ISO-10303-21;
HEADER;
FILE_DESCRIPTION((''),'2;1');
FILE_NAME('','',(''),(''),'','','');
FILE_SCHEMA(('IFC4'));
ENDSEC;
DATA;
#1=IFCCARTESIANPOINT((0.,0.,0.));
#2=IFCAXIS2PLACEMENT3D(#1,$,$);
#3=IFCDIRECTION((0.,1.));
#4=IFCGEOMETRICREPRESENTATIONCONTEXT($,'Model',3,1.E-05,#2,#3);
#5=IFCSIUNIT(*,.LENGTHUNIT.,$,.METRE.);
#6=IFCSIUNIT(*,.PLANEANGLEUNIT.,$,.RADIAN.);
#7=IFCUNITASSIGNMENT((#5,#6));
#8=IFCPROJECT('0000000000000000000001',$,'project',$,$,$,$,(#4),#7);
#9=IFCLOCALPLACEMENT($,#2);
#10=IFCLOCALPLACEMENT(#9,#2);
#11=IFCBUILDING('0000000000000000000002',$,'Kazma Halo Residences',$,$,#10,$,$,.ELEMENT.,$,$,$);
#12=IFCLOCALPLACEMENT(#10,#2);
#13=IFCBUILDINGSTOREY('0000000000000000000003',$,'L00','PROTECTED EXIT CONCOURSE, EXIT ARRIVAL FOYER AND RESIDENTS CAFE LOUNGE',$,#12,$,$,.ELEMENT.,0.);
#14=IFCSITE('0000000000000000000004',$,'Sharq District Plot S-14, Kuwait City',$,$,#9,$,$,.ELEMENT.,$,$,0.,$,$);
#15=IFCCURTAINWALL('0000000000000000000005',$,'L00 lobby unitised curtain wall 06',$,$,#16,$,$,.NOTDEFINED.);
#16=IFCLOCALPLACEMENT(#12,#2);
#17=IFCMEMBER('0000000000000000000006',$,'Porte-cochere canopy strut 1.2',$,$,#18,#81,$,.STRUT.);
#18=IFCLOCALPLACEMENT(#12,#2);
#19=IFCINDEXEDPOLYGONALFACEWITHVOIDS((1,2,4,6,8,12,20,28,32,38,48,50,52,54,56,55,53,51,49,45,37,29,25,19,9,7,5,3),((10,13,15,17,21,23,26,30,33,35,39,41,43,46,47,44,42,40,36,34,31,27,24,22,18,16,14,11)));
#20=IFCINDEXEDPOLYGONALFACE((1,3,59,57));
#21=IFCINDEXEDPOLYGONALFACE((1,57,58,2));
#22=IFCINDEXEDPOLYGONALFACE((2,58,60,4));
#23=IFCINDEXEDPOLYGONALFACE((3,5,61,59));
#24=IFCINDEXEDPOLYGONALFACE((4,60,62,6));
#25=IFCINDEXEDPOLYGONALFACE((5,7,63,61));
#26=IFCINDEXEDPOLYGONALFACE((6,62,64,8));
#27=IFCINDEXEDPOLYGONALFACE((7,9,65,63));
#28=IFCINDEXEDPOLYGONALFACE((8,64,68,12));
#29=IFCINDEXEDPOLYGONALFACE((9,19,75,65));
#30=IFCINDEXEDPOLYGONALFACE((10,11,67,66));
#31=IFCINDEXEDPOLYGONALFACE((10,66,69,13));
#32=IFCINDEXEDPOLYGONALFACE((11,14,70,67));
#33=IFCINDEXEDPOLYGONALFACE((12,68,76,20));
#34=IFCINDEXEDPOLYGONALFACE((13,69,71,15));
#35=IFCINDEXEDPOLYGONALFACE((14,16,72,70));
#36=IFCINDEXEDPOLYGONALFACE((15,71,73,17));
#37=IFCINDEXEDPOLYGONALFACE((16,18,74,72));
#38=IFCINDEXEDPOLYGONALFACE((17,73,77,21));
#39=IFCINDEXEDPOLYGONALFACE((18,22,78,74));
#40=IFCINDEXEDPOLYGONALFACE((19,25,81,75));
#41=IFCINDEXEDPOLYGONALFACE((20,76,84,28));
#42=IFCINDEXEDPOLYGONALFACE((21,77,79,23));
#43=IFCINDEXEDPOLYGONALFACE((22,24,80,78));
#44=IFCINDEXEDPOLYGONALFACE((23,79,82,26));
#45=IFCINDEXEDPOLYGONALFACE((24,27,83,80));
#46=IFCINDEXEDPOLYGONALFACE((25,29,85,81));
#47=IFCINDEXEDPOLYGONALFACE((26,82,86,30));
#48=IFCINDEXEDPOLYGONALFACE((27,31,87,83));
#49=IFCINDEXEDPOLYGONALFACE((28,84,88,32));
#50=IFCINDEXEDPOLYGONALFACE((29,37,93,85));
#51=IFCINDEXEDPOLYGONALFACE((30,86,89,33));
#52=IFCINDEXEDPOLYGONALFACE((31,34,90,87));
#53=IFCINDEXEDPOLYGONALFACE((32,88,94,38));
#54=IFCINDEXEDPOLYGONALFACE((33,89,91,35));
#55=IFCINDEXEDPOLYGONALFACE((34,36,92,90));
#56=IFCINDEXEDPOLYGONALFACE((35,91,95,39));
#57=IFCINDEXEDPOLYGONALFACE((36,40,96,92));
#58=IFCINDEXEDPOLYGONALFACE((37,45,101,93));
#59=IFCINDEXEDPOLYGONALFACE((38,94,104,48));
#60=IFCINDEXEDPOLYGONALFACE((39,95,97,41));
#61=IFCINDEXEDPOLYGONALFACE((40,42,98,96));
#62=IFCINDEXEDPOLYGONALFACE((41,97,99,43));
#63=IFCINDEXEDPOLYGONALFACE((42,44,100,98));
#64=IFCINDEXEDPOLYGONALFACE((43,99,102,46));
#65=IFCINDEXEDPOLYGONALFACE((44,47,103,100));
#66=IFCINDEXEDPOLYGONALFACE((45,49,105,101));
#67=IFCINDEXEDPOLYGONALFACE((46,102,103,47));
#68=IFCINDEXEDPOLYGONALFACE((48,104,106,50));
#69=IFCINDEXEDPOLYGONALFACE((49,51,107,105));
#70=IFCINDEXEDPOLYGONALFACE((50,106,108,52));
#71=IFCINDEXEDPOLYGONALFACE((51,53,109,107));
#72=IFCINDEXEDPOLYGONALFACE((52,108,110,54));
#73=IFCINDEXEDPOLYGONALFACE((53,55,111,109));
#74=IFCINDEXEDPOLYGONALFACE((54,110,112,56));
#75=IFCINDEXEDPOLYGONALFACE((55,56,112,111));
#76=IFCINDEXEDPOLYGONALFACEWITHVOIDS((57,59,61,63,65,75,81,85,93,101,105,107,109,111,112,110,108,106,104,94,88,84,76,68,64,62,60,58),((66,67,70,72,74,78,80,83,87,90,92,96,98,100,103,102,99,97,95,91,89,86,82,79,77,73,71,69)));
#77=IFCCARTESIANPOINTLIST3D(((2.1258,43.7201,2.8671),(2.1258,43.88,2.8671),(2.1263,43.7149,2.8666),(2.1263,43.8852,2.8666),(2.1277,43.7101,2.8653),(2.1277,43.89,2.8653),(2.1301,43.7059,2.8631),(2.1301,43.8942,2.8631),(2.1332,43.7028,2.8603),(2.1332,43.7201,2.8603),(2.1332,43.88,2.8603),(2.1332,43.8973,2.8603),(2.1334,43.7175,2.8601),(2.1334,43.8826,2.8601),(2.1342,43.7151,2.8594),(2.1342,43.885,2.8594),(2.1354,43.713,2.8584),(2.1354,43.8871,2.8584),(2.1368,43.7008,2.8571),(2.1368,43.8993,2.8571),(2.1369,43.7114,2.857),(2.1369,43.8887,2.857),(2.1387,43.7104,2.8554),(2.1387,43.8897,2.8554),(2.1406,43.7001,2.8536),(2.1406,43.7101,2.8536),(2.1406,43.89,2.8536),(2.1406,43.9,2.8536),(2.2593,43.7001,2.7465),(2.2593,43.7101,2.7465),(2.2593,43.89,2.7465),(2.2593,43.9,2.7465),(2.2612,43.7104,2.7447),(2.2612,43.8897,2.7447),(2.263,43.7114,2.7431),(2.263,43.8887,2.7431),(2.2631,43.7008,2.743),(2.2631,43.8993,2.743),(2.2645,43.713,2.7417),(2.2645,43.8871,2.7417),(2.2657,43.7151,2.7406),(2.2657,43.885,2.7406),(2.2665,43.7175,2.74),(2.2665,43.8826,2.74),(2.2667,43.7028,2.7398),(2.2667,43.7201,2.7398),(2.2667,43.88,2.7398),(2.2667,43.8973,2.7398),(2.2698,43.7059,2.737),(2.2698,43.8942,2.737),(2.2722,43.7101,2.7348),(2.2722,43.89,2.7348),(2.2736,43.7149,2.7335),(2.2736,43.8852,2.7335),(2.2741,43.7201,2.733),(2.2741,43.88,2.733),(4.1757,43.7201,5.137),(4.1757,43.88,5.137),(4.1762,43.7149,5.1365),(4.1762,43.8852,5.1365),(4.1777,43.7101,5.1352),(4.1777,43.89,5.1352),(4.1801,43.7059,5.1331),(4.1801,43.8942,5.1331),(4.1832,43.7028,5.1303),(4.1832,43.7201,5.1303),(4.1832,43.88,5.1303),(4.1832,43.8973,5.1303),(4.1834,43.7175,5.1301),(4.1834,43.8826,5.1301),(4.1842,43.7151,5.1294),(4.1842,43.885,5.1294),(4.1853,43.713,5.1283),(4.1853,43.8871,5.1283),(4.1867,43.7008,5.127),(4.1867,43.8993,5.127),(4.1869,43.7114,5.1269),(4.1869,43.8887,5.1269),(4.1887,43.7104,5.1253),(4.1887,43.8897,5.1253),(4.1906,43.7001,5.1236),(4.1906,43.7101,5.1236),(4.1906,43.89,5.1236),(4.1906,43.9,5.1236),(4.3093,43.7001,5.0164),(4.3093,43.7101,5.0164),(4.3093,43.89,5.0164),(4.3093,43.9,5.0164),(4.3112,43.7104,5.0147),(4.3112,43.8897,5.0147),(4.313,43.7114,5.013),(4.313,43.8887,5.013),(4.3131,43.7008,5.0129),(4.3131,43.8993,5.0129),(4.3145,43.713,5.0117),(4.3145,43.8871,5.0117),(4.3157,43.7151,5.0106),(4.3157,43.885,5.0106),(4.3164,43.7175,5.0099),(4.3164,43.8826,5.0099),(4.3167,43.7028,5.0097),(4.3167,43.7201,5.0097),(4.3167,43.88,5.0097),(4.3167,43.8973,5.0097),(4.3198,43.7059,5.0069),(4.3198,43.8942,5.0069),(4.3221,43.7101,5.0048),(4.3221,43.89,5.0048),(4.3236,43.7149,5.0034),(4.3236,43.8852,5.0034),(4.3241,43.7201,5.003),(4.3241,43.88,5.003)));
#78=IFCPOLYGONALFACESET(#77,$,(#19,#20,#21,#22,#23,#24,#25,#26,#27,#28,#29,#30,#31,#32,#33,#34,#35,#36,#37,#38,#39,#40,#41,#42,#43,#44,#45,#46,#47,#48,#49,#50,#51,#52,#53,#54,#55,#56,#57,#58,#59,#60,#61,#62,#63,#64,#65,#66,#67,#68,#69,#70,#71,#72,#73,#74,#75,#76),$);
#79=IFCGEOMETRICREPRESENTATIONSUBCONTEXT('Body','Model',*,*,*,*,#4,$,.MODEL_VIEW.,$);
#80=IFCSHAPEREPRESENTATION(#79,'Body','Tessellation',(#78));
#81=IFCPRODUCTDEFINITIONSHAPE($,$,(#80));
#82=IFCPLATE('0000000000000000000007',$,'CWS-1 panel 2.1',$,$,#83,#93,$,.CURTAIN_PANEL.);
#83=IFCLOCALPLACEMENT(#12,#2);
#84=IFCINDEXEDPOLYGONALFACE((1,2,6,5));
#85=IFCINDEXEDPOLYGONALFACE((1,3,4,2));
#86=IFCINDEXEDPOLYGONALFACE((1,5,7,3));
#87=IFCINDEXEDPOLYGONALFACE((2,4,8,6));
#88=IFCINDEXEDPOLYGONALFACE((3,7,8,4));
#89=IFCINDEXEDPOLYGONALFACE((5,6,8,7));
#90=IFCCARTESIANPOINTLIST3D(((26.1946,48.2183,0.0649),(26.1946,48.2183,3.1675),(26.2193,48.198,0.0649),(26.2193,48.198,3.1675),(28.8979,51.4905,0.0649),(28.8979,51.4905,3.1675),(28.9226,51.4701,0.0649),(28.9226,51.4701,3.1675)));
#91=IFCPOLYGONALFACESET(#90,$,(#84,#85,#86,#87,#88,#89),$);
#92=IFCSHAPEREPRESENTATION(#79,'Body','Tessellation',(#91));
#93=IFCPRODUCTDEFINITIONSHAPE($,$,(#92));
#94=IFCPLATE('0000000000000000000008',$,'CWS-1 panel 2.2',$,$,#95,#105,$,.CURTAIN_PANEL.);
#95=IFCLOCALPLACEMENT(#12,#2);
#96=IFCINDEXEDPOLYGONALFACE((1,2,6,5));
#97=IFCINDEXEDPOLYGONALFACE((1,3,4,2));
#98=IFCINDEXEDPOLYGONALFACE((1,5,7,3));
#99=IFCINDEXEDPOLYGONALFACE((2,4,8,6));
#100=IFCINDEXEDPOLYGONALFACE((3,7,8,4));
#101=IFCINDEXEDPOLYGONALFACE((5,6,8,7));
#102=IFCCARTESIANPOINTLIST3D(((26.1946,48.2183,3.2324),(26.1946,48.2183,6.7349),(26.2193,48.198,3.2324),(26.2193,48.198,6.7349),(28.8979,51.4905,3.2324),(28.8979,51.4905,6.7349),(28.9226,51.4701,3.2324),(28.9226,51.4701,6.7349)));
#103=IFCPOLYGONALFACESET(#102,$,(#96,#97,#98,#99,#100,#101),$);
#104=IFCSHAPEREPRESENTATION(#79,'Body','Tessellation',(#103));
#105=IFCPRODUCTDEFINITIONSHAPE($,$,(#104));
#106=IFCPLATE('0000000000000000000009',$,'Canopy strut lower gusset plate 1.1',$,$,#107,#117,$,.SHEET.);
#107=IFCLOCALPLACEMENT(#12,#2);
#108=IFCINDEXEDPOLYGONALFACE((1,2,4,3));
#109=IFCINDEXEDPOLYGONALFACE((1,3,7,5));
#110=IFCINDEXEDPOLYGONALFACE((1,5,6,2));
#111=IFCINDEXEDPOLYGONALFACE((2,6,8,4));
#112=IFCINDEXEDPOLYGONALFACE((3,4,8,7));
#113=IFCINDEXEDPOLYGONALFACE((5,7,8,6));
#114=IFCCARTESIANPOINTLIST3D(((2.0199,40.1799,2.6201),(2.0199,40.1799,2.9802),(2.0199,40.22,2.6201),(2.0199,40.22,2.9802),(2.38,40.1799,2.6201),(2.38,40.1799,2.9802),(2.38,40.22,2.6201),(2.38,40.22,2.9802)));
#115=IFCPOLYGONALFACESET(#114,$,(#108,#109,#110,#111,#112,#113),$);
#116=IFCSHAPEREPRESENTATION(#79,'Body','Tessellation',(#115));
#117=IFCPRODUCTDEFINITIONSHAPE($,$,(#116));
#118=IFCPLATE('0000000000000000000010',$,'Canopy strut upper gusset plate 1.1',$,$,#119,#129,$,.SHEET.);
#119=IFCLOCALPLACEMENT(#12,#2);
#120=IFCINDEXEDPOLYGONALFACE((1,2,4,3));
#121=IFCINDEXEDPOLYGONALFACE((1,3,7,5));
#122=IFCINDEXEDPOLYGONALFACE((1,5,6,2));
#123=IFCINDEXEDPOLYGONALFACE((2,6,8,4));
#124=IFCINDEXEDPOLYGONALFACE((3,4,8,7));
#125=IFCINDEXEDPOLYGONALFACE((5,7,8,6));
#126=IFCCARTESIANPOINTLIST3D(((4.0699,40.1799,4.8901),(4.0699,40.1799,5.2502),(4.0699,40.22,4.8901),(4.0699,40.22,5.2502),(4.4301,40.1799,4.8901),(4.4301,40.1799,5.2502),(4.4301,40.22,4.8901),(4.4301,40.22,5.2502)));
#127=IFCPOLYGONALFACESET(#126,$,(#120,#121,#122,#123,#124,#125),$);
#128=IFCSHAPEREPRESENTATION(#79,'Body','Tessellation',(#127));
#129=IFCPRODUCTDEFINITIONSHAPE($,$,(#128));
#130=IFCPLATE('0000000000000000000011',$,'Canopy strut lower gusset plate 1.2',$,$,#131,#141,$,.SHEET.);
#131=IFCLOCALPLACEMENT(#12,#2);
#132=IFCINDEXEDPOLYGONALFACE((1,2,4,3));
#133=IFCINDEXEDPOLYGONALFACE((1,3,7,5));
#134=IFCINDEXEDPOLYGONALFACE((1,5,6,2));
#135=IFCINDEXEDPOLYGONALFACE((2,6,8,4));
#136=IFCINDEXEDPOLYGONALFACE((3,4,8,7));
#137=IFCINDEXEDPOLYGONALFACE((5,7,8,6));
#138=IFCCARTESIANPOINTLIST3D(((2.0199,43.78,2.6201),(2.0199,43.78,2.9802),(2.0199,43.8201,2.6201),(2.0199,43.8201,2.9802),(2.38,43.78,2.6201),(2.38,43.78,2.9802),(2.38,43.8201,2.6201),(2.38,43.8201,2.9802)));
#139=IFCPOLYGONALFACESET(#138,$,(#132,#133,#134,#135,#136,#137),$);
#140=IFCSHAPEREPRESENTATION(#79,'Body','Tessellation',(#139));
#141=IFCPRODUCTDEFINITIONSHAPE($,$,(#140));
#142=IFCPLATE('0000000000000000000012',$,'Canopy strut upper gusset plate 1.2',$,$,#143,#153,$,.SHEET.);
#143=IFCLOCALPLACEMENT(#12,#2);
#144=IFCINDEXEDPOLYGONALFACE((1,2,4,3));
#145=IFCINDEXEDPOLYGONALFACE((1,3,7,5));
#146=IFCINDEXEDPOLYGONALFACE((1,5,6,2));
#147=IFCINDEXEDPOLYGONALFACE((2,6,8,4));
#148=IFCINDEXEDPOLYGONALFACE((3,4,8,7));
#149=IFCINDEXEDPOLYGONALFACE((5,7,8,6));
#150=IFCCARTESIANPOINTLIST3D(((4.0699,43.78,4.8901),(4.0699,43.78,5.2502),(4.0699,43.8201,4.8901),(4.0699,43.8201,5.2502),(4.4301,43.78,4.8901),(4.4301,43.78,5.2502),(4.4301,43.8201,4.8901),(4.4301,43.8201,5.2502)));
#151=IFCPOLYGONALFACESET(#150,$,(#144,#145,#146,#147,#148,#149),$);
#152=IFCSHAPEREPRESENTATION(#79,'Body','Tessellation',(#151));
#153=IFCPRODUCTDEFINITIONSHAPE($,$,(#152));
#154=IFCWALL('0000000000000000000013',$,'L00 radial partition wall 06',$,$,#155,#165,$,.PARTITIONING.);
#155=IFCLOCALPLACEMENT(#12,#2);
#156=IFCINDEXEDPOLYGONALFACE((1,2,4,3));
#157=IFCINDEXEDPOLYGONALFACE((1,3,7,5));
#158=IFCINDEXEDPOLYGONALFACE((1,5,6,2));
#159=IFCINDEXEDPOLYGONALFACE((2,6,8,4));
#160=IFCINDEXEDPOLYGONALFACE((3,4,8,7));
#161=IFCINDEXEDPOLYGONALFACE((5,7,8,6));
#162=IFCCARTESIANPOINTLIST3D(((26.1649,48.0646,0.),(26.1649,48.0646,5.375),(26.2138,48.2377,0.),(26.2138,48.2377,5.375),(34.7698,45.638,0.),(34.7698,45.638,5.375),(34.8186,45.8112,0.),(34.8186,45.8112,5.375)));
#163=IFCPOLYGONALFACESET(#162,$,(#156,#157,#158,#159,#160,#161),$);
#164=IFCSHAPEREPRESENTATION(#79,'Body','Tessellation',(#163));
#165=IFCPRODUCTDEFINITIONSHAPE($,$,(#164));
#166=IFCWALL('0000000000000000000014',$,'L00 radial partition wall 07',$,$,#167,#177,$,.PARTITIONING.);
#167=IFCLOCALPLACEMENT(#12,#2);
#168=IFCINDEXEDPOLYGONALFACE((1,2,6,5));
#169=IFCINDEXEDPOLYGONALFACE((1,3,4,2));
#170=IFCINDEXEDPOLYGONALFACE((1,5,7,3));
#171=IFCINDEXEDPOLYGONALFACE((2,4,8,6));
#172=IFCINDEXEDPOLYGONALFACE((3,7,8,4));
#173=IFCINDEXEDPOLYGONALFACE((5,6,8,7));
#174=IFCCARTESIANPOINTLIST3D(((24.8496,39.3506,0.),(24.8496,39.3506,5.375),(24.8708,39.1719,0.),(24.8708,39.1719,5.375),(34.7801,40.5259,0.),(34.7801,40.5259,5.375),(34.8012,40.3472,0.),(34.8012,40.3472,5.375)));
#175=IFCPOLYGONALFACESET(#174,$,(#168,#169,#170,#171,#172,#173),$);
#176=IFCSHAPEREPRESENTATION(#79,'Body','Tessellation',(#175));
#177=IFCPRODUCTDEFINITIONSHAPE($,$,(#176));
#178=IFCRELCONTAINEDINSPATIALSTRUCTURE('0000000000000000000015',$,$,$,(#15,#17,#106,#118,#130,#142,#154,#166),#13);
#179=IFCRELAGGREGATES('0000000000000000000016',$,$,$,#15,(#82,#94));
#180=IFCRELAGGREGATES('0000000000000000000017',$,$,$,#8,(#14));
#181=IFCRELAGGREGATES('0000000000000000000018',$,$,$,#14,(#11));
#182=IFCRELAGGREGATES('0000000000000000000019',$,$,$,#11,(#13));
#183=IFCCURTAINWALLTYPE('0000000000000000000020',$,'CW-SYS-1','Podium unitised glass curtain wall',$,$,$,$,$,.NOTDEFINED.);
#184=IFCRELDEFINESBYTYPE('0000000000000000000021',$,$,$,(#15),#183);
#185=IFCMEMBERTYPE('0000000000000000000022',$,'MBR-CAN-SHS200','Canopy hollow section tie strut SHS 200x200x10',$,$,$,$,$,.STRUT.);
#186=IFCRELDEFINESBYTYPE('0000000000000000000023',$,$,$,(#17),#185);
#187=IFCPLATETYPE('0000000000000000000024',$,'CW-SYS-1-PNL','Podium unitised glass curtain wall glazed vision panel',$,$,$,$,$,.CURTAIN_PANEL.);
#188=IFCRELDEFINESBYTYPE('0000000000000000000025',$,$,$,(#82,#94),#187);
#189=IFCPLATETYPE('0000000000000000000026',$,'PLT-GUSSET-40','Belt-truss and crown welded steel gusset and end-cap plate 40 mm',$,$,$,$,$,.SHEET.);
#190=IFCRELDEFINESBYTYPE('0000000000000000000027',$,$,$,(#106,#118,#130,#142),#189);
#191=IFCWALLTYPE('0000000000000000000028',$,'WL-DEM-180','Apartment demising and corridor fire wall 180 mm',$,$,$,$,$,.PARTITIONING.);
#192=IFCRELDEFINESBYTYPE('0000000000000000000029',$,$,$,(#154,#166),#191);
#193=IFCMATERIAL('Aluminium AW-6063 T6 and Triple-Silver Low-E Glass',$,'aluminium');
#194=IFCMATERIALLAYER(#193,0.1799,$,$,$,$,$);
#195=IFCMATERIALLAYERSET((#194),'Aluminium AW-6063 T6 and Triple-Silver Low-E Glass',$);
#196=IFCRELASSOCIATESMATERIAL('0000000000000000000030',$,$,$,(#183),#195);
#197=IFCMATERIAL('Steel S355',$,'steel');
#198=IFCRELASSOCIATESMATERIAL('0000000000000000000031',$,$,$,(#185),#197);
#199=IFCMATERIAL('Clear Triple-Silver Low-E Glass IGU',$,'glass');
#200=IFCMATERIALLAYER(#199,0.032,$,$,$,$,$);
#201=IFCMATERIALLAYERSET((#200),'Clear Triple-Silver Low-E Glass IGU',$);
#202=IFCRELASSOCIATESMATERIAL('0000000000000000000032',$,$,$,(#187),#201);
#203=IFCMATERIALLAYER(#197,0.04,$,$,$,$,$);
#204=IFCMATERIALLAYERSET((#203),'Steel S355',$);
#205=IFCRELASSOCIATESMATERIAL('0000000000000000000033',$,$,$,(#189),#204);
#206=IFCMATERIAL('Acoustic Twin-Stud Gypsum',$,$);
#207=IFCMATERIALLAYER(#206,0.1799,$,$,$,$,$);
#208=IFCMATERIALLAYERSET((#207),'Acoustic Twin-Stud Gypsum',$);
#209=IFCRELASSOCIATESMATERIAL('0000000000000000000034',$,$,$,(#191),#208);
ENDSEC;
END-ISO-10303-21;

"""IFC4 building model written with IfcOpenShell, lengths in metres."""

from ifc_helpers import new_model, si_unit, direction, frame, frame_2d, origin, origin_2d, place, context, subcontext, project, spatial, rectangle, hollow_rectangle, extrude, material, layer, layer_set, material_profile, profile_set, type_object, element, aggregate, save


model = new_model("IFC4")

# Units and contexts
model_context = context("Model", 3, precision=1e-05, world=origin(), true_north=direction((0.0, 1.0)))
body_context = subcontext(model_context, "Body", "Model", "MODEL_VIEW")
ifc_project = project(units=[si_unit("LENGTHUNIT", "METRE"), si_unit("PLANEANGLEUNIT", "RADIAN")], contexts=[model_context])

# Site, building, storey
site_placement = place(None, origin())
site = spatial("IfcSite", under=ifc_project, at=site_placement, Name="Sharq District Plot S-14, Kuwait City", CompositionType="ELEMENT", RefElevation=0.0)
building_placement = place(site_placement, origin())
building = spatial("IfcBuilding", under=site, at=building_placement, Name="Kazma Halo Residences", CompositionType="ELEMENT")
storey_placement = place(building_placement, origin())
storey = spatial("IfcBuildingStorey", under=building, at=storey_placement, Name="L00", Description="PROTECTED EXIT CONCOURSE, EXIT ARRIVAL FOYER AND RESIDENTS CAFE LOUNGE", CompositionType="ELEMENT", Elevation=0.0)

# Shared definitions
ifc_material_1 = material(Name="Steel S355", Category="steel")

# Curtain wall
ifc_material_2 = material(Name="Aluminium AW-6063 T6 and Triple-Silver Low-E Glass", Category="aluminium")
ifc_layer_1 = layer(ifc_material_2, 0.1799)
ifc_layer_set_1 = layer_set([ifc_layer_1], Name="Aluminium AW-6063 T6 and Triple-Silver Low-E Glass")
curtain_wall_type = type_object("IfcCurtainWallType", Name="CW-SYS-1", Description="Podium unitised glass curtain wall", PredefinedType="NOTDEFINED", material=ifc_layer_set_1)
curtain_wall_placement = place(storey_placement, origin())
curtain_wall = element("IfcCurtainWall", 1, at=curtain_wall_placement, inside=storey, type_object=curtain_wall_type, Name="L00 lobby unitised curtain wall 06", PredefinedType="NOTDEFINED")

# Member
ifc_material_profile_1 = material_profile(ifc_material_1, hollow_rectangle(XDim=0.2, YDim=0.2, WallThickness=0.01, InnerFilletRadius=0.01, OuterFilletRadius=0.02, at=origin_2d()), Name="SHS200x200x10")
ifc_profile_set_1 = profile_set([ifc_material_profile_1], Name="Steel S355")
member_type_1 = type_object("IfcMemberType", Name="MBR-CAN-SHS200", Description="Canopy hollow section tie strut SHS 200x200x10", PredefinedType="STRUT", material=ifc_profile_set_1)
for number, where, z_axis, x_axis, name in (
    (2, (2.2, 43.8, 2.8), (0.670234, 0.0, 0.74215), (0.0, 1.0, 0.0), "Porte-cochere canopy strut 1.2"),
):
    element("IfcMember", number, at=place(storey_placement, frame(where, z_axis=z_axis, x_axis=x_axis)), inside=storey, type_object=member_type_1, Name=name, PredefinedType="STRUT", context=body_context, shape_type="SweptSolid", body=[
        extrude(hollow_rectangle(XDim=0.2, YDim=0.2, WallThickness=0.01, InnerFilletRadius=0.01, OuterFilletRadius=0.02, at=origin_2d()), origin(), (0.0, 0.0, 1.0), 3.0586),
    ])

# Plates
ifc_material_3 = material(Name="Clear Triple-Silver Low-E Glass IGU", Category="glass")
ifc_layer_2 = layer(ifc_material_3, 0.032)
ifc_layer_set_2 = layer_set([ifc_layer_2], Name="Clear Triple-Silver Low-E Glass IGU")
plate_type_1 = type_object("IfcPlateType", Name="CW-SYS-1-PNL", Description="Podium unitised glass curtain wall glazed vision panel", PredefinedType="CURTAIN_PANEL", material=ifc_layer_set_2)
plate_1_placement = place(storey_placement, frame((27.5586, 49.8442, 0.0649), z_axis=(0.0, 0.0, 1.0), x_axis=(-0.636903, -0.770944, 0.0)))
plate_1 = element("IfcPlate", 3, at=plate_1_placement, type_object=plate_type_1, Name="CWS-1 panel 2.1", PredefinedType="CURTAIN_PANEL", context=body_context, shape_type="SweptSolid", body=[
    extrude(rectangle(XDim=4.2444, YDim=0.032, at=origin_2d()), origin(), (0.0, 0.0, 1.0), 3.1025),
])
plate_2_placement = place(storey_placement, frame((27.5586, 49.8442, 3.2324), z_axis=(0.0, 0.0, 1.0), x_axis=(-0.636903, -0.770944, 0.0)))
plate_2 = element("IfcPlate", 4, at=plate_2_placement, type_object=plate_type_1, Name="CWS-1 panel 2.2", PredefinedType="CURTAIN_PANEL", context=body_context, shape_type="SweptSolid", body=[
    extrude(rectangle(XDim=4.2444, YDim=0.032, at=origin_2d()), origin(), (0.0, 0.0, 1.0), 3.5024),
])
aggregate(curtain_wall, [plate_1, plate_2])

# Plates
ifc_layer_3 = layer(ifc_material_1, 0.04)
ifc_layer_set_3 = layer_set([ifc_layer_3], Name="Steel S355")
plate_type_2 = type_object("IfcPlateType", Name="PLT-GUSSET-40", Description="Belt-truss and crown welded steel gusset and end-cap plate 40 mm", PredefinedType="SHEET", material=ifc_layer_set_3)
for number, where, z_axis, x_axis, name in (
    (5, (2.2, 40.2, 2.6201), (0.0, 0.0, 1.0), (1.0, 0.0, 0.0), "Canopy strut lower gusset plate 1.1"),
    (6, (4.25, 40.2, 4.8901), (0.0, 0.0, 1.0), (1.0, 0.0, 0.0), "Canopy strut upper gusset plate 1.1"),
    (7, (2.2, 43.8, 2.6201), (0.0, 0.0, 1.0), (1.0, 0.0, 0.0), "Canopy strut lower gusset plate 1.2"),
    (8, (4.25, 43.8, 4.8901), (0.0, 0.0, 1.0), (1.0, 0.0, 0.0), "Canopy strut upper gusset plate 1.2"),
):
    element("IfcPlate", number, at=place(storey_placement, frame(where, z_axis=z_axis, x_axis=x_axis)), inside=storey, type_object=plate_type_2, Name=name, PredefinedType="SHEET", context=body_context, shape_type="SweptSolid", body=[
        extrude(rectangle(XDim=0.3601, YDim=0.04, at=origin_2d()), origin(), (0.0, 0.0, 1.0), 0.3601),
    ])

# Wall
ifc_material_4 = material(Name="Acoustic Twin-Stud Gypsum")
ifc_layer_4 = layer(ifc_material_4, 0.1799)
ifc_layer_set_4 = layer_set([ifc_layer_4], Name="Acoustic Twin-Stud Gypsum")
wall_type = type_object("IfcWallType", Name="WL-DEM-180", Description="Apartment demising and corridor fire wall 180 mm", PredefinedType="PARTITIONING", material=ifc_layer_set_4)
wall_1_placement = place(storey_placement, frame((34.7942, 45.7246, 0.0), z_axis=(0.0, 0.0, 1.0), x_axis=(-0.962463, 0.271412, 0.0)))
element("IfcWall", 9, at=wall_1_placement, inside=storey, type_object=wall_type, Name="L00 radial partition wall 06", PredefinedType="PARTITIONING", context=body_context, shape_type="SweptSolid", body=[
    extrude(rectangle(XDim=8.9404, YDim=0.1799, at=frame_2d((4.4702, 0.0))), origin(), (0.0, 0.0, 1.0), 5.375),
])

# Wall
wall_2_placement = place(storey_placement, frame((34.7908, 40.4365, 0.0), z_axis=(0.0, 0.0, 1.0), x_axis=(-0.993069, -0.117532, 0.0)))
element("IfcWall", 10, at=wall_2_placement, inside=storey, type_object=wall_type, Name="L00 radial partition wall 07", PredefinedType="PARTITIONING", context=body_context, shape_type="SweptSolid", body=[
    extrude(rectangle(XDim=9.9998, YDim=0.1799, at=frame_2d((5.0, 0.0))), origin(), (0.0, 0.0, 1.0), 5.375),
])

save(model, "model.ifc")
